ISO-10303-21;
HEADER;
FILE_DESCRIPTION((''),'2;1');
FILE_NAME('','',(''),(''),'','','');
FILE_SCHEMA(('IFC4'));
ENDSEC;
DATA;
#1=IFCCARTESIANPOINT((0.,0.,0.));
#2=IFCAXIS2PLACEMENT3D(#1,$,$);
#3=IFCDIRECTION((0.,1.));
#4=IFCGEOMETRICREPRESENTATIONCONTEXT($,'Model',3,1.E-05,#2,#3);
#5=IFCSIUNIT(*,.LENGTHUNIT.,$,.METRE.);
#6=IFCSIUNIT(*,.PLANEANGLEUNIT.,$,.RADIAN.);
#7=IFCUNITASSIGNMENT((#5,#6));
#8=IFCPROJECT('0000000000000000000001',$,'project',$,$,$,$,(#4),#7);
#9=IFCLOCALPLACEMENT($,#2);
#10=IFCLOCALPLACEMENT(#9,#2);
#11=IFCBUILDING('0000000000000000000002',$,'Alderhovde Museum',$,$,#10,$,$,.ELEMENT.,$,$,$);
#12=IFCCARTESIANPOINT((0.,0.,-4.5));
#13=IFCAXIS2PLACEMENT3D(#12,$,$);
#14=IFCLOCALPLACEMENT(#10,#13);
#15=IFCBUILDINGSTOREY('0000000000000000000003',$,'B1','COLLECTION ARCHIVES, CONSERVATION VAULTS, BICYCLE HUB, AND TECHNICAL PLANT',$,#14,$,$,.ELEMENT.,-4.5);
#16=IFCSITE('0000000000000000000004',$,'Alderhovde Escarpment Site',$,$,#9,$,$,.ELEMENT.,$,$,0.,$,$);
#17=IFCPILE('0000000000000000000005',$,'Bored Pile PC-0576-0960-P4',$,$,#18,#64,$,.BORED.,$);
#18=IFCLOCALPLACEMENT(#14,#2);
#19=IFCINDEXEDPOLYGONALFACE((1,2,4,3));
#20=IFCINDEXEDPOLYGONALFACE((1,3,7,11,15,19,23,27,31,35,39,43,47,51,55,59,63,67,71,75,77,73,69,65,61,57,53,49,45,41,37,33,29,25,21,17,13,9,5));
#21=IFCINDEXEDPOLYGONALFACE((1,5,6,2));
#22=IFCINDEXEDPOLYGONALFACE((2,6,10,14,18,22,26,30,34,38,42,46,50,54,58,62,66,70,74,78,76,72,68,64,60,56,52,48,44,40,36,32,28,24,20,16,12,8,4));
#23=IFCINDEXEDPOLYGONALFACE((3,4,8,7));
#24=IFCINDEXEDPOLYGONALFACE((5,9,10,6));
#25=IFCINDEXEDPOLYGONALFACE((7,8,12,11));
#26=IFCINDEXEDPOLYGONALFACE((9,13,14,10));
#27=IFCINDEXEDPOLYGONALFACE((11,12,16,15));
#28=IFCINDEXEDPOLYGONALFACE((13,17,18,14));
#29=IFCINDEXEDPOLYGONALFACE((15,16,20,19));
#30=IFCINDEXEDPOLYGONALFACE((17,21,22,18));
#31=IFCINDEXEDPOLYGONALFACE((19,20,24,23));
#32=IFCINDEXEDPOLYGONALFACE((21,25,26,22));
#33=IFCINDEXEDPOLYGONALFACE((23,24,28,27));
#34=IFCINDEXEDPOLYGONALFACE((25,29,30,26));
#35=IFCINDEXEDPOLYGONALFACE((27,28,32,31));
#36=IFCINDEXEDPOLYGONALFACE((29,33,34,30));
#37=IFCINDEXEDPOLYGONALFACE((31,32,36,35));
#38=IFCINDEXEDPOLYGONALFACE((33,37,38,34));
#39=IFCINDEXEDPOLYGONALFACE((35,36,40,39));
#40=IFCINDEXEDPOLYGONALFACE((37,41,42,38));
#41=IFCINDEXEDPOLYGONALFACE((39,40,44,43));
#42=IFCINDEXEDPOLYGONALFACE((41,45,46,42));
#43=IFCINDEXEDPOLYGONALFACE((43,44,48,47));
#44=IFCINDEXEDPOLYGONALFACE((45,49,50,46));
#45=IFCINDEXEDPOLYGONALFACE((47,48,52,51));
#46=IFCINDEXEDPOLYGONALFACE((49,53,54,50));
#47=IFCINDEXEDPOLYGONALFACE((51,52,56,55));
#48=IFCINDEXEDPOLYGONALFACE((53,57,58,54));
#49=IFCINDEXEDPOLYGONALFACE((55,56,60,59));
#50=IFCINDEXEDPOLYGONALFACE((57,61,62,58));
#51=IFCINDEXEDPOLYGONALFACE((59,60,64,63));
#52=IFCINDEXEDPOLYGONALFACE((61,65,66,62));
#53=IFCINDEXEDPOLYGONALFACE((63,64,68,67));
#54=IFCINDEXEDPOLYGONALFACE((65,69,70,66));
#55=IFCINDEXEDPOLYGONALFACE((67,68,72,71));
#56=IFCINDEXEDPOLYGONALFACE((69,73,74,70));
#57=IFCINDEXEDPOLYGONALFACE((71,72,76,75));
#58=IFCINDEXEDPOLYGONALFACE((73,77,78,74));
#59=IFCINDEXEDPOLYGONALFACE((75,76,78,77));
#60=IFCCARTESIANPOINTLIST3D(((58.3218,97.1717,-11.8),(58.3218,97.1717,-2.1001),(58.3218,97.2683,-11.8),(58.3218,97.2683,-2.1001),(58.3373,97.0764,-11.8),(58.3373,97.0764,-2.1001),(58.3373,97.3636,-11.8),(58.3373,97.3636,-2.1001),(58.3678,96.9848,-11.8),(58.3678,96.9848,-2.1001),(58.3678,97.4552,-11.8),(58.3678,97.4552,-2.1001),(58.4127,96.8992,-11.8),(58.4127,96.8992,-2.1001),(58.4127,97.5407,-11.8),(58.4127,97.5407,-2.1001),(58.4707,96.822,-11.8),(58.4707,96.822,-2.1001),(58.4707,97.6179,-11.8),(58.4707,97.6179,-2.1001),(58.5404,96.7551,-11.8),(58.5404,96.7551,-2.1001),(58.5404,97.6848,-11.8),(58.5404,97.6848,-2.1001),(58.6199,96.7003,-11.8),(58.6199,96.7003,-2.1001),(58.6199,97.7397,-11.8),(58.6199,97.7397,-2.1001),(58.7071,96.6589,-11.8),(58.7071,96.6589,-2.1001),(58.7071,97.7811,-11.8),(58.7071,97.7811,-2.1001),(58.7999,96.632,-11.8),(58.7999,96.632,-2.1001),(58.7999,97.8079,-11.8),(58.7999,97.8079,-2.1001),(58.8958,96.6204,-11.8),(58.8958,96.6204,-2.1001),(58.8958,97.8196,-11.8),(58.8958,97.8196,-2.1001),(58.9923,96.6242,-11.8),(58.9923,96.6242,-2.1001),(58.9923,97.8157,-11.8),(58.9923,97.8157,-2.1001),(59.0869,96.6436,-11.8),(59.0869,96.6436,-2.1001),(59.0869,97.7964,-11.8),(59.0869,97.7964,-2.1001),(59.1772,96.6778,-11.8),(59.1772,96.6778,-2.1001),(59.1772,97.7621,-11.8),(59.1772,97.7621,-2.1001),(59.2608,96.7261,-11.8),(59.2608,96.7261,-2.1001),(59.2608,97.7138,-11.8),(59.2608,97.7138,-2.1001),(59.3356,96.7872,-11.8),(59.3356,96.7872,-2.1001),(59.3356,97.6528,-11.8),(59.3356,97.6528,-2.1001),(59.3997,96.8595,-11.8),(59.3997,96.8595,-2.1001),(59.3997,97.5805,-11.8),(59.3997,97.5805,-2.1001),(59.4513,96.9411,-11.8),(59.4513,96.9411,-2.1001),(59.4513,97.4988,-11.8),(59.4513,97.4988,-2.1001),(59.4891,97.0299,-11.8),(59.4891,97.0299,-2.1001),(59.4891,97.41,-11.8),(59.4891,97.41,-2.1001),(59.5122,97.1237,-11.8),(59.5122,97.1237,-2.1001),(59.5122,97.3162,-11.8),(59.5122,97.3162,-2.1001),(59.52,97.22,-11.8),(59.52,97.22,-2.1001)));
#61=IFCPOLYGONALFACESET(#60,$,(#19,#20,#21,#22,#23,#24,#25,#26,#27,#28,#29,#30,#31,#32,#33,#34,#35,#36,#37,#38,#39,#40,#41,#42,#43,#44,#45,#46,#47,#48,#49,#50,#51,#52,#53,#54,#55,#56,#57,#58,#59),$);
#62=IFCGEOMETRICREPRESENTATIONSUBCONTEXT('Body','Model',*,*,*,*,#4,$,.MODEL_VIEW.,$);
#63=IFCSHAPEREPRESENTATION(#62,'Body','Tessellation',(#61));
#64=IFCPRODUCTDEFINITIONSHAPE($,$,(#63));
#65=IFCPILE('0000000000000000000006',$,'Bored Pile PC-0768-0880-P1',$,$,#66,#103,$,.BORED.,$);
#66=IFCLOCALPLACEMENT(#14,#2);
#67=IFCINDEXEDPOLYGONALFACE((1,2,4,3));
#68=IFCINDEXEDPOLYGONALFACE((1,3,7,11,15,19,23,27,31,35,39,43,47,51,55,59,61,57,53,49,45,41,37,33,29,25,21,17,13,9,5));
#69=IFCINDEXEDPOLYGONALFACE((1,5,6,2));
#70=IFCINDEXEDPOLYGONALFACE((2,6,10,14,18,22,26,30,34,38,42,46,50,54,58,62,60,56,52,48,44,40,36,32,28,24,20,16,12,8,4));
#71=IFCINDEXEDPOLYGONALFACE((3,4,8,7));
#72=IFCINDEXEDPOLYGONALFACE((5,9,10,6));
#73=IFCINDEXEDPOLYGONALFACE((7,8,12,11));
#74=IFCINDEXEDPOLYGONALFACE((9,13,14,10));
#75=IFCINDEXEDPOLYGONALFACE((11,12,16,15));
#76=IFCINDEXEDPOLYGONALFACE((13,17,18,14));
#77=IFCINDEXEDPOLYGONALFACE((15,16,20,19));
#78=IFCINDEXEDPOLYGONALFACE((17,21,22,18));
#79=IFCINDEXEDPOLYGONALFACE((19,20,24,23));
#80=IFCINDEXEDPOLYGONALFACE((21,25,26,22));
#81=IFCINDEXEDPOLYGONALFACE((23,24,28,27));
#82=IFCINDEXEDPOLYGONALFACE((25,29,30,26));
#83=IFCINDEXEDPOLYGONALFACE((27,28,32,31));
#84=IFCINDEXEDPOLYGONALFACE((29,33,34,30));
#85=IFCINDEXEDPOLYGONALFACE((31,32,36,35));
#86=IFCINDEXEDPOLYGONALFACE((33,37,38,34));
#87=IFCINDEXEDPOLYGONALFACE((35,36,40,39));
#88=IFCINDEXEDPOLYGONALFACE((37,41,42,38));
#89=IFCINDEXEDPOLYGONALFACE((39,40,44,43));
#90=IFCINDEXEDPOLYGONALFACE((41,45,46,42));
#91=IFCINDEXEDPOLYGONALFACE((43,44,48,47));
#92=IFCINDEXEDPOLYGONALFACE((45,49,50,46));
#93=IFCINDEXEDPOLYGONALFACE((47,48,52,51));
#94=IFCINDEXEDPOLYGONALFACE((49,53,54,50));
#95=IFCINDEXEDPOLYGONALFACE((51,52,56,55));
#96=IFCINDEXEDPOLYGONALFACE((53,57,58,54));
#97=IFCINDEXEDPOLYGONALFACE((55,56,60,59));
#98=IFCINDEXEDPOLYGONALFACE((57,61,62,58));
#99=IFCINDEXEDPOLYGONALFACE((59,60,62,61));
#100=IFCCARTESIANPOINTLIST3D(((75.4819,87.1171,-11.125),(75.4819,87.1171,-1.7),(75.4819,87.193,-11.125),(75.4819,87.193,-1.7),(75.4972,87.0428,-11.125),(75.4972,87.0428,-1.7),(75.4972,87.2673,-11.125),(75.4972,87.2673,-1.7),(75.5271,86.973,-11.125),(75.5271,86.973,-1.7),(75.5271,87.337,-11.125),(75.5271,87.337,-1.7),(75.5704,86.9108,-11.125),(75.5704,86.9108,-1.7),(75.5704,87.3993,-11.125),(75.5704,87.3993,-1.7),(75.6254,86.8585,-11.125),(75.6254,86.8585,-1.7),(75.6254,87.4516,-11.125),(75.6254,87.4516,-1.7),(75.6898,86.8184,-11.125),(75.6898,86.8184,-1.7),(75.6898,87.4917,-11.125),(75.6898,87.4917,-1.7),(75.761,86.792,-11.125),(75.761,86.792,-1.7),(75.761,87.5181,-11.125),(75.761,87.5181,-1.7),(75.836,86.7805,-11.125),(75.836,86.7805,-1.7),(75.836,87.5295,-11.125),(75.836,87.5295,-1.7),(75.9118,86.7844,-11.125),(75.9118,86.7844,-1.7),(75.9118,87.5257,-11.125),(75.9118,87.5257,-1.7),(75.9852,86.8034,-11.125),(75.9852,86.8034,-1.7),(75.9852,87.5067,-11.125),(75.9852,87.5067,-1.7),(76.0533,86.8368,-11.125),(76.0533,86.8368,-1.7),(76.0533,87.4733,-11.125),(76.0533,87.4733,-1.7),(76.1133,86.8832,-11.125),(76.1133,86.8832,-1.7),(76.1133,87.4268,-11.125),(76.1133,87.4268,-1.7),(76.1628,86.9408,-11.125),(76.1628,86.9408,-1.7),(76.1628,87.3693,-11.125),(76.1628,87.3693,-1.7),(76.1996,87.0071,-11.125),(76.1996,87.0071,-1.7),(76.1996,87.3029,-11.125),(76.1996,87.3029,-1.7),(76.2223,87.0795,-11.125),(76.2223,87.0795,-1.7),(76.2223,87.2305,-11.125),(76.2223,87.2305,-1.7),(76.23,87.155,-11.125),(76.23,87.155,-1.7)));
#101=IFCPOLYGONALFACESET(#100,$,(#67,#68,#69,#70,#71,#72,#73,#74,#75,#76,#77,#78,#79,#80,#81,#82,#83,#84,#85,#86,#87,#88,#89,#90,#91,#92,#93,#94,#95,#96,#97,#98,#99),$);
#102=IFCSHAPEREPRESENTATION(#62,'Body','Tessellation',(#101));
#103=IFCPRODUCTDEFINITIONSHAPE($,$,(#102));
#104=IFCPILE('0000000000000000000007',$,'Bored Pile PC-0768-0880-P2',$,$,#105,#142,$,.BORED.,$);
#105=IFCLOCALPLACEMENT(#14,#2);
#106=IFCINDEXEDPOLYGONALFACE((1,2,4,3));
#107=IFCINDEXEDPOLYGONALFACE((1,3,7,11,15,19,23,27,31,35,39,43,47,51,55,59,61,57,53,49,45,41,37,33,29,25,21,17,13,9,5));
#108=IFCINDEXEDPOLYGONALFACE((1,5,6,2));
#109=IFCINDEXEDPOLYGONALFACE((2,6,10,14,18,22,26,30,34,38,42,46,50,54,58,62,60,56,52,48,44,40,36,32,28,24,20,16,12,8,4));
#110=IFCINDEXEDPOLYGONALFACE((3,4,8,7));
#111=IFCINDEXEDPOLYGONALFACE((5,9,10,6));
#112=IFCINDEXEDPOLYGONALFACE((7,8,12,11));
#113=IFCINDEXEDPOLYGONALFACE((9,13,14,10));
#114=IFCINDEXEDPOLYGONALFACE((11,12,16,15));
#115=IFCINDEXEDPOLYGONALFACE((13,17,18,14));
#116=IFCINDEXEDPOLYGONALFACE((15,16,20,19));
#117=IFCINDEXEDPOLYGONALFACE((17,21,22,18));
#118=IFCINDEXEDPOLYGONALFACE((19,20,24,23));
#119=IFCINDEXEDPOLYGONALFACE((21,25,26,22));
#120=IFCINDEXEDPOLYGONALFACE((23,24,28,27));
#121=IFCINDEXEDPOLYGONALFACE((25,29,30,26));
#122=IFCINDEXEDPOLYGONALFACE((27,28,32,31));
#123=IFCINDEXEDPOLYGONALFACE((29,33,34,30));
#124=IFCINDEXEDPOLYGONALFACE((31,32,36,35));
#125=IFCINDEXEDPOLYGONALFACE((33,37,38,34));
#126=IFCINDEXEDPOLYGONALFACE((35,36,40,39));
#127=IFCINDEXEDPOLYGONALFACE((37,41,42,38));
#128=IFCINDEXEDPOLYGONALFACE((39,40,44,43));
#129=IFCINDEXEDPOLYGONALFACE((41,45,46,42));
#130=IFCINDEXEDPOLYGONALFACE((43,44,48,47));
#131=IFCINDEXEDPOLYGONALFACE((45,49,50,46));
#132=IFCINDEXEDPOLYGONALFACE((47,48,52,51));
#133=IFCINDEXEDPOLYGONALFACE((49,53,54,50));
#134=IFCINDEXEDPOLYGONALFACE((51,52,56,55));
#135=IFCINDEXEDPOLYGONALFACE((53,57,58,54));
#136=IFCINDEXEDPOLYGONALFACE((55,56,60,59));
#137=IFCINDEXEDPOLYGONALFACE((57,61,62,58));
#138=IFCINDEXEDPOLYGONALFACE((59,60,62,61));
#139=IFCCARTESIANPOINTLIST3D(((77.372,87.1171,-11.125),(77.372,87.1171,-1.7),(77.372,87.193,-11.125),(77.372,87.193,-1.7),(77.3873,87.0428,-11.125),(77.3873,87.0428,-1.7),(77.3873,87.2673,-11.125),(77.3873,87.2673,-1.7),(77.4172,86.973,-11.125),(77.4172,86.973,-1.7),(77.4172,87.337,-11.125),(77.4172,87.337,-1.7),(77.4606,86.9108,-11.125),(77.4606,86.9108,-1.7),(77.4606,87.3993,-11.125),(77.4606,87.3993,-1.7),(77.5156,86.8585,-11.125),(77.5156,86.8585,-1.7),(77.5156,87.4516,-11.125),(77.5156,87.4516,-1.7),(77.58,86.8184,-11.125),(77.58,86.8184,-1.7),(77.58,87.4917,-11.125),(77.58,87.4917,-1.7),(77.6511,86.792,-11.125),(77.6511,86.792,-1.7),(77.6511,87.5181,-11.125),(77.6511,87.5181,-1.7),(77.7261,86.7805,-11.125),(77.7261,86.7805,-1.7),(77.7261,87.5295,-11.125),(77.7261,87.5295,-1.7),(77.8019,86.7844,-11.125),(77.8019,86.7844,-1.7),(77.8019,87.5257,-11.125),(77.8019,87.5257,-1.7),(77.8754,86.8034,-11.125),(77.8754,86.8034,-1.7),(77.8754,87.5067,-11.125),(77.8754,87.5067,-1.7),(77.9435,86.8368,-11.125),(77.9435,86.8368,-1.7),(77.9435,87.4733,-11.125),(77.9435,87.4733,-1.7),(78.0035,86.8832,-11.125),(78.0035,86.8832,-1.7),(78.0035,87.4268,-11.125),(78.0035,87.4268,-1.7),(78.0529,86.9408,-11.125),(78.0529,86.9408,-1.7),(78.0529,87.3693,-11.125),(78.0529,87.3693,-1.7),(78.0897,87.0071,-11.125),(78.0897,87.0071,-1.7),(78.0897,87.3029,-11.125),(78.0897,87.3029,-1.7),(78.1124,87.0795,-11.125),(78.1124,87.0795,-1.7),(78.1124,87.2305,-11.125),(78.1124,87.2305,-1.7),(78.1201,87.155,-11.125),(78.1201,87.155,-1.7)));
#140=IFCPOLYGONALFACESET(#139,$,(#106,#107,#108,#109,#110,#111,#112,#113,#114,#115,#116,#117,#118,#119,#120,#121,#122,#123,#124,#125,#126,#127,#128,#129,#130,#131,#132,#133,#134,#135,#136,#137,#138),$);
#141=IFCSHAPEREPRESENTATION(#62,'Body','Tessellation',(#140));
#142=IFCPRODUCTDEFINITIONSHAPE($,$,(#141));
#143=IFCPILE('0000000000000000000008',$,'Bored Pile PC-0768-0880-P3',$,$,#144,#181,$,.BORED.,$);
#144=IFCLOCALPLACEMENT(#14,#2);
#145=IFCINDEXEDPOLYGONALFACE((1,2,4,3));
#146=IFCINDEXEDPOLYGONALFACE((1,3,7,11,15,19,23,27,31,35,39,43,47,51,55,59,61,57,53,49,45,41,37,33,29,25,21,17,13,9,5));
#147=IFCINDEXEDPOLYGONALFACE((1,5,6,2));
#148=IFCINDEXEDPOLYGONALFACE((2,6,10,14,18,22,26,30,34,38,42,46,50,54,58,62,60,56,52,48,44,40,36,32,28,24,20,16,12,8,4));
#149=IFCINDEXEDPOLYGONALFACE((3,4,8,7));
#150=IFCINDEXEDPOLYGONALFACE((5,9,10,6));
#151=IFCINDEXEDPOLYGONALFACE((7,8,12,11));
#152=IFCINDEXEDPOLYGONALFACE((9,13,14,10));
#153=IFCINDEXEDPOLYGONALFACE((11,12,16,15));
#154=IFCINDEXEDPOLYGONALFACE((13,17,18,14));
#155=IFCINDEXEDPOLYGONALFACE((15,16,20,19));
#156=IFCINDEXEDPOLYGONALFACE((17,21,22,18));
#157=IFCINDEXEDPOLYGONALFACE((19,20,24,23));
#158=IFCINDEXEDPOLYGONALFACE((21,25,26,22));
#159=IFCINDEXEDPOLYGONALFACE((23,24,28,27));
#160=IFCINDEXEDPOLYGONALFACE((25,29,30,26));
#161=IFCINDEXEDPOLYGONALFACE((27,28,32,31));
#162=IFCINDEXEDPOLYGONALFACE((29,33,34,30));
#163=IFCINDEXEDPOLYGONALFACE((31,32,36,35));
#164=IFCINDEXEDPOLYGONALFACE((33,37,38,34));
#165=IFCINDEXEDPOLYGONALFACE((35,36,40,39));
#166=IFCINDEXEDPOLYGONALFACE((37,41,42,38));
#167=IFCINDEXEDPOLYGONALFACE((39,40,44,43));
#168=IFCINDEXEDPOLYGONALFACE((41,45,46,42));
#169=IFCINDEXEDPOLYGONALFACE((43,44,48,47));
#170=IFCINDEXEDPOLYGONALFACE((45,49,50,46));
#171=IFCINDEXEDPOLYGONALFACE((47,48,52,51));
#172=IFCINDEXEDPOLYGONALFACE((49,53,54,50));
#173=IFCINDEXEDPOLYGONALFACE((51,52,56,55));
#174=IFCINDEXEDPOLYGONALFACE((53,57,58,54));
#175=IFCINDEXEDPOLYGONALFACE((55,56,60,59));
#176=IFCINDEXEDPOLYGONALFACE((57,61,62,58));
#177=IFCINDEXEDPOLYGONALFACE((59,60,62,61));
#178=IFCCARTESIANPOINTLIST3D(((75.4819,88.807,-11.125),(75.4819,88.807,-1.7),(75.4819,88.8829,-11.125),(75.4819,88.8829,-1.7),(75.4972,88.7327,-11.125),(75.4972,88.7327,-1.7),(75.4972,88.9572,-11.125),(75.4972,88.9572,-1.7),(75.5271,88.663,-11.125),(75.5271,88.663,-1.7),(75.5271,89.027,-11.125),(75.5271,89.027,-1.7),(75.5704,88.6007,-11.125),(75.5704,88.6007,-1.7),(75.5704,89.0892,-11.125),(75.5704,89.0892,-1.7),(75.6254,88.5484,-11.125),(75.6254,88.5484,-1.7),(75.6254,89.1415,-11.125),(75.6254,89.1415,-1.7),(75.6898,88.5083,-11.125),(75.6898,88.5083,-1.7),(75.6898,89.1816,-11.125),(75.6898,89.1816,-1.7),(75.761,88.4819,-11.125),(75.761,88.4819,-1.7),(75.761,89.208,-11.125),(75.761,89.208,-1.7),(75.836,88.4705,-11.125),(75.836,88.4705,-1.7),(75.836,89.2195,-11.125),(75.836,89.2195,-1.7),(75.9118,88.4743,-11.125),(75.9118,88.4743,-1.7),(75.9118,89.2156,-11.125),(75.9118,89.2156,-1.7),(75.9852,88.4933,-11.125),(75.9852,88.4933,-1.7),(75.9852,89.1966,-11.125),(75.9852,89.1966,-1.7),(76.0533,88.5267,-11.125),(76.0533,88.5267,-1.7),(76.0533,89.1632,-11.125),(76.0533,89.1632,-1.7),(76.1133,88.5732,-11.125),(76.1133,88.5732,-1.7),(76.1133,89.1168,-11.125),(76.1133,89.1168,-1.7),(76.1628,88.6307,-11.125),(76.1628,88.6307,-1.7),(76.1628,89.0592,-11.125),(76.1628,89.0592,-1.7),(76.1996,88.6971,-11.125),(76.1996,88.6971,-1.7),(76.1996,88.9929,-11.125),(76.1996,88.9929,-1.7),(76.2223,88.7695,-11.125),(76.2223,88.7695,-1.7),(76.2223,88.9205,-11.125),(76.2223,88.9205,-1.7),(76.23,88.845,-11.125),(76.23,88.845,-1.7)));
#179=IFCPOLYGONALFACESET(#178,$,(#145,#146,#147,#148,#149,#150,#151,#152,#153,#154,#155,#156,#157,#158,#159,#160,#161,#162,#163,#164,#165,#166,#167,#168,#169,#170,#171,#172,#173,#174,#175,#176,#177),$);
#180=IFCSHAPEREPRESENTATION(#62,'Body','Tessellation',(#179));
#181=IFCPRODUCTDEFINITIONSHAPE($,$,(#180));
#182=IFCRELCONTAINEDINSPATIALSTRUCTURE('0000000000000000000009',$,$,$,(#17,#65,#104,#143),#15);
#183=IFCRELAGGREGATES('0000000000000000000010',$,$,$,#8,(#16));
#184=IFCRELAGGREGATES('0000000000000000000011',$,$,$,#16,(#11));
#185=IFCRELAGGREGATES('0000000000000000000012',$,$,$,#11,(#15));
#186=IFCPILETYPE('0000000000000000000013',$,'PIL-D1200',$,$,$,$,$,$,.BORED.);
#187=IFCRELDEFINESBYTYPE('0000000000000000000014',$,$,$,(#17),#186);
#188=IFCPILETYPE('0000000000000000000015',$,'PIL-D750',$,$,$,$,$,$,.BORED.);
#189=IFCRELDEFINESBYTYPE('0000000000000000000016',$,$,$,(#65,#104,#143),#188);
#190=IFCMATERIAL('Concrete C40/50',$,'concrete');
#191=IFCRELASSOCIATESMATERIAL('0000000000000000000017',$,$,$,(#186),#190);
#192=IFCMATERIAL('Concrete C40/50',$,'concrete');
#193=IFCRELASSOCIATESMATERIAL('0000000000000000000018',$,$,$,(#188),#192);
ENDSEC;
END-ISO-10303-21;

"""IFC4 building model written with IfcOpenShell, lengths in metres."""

from ifc_helpers import new_model, si_unit, direction, frame, origin, origin_2d, place, context, subcontext, project, spatial, circle, extrude, material, material_profile, profile_set, type_object, element, save


model = new_model("IFC4")

# Units and contexts
model_context = context("Model", 3, precision=1e-05, world=origin(), true_north=direction((0.0, 1.0)))
body_context = subcontext(model_context, "Body", "Model", "MODEL_VIEW")
ifc_project = project(units=[si_unit("LENGTHUNIT", "METRE"), si_unit("PLANEANGLEUNIT", "RADIAN")], contexts=[model_context])

# Site, building, storey
site_placement = place(None, origin())
site = spatial("IfcSite", under=ifc_project, at=site_placement, Name="Alderhovde Escarpment Site", CompositionType="ELEMENT", RefElevation=0.0)
building_placement = place(site_placement, origin())
building = spatial("IfcBuilding", under=site, at=building_placement, Name="Alderhovde Museum", CompositionType="ELEMENT")
storey_placement = place(building_placement, frame((0.0, 0.0, -4.5)))
storey = spatial("IfcBuildingStorey", under=building, at=storey_placement, Name="B1", Description="COLLECTION ARCHIVES, CONSERVATION VAULTS, BICYCLE HUB, AND TECHNICAL PLANT", CompositionType="ELEMENT", Elevation=-4.5)

# Piles
ifc_material_1 = material(Name="Concrete C40/50", Category="concrete")
ifc_material_profile_1 = material_profile(ifc_material_1, circle(Radius=0.6001, at=origin_2d()), Name="PILE-D1200")
ifc_profile_set_1 = profile_set([ifc_material_profile_1], Name="Concrete C40/50")
pile_type_1 = type_object("IfcPileType", Name="PIL-D1200", PredefinedType="BORED", material=ifc_profile_set_1)
for number, where, z_axis, x_axis, name in (
    (1, (58.9199, 97.22, -2.1001), (0.0, 0.0, -1.0), (1.0, 0.0, 0.0), "Bored Pile PC-0576-0960-P4"),
):
    element("IfcPile", number, at=place(storey_placement, frame(where, z_axis=z_axis, x_axis=x_axis)), inside=storey, type_object=pile_type_1, Name=name, PredefinedType="BORED", context=body_context, shape_type="SweptSolid", body=[
        extrude(circle(Radius=0.6001, at=origin_2d()), origin(), (0.0, 0.0, 1.0), 9.7),
    ])
ifc_material_2 = material(Name="Concrete C40/50", Category="concrete")
ifc_material_profile_2 = material_profile(ifc_material_2, circle(Radius=0.375, at=origin_2d()), Name="PILE-D750")
ifc_profile_set_2 = profile_set([ifc_material_profile_2], Name="Concrete C40/50")
pile_type_2 = type_object("IfcPileType", Name="PIL-D750", PredefinedType="BORED", material=ifc_profile_set_2)
for number, where, z_axis, x_axis, name in (
    (2, (75.855, 87.155, -1.7), (0.0, 0.0, -1.0), (1.0, 0.0, 0.0), "Bored Pile PC-0768-0880-P1"),
    (3, (77.7451, 87.155, -1.7), (0.0, 0.0, -1.0), (1.0, 0.0, 0.0), "Bored Pile PC-0768-0880-P2"),
    (4, (75.855, 88.845, -1.7), (0.0, 0.0, -1.0), (1.0, 0.0, 0.0), "Bored Pile PC-0768-0880-P3"),
):
    element("IfcPile", number, at=place(storey_placement, frame(where, z_axis=z_axis, x_axis=x_axis)), inside=storey, type_object=pile_type_2, Name=name, PredefinedType="BORED", context=body_context, shape_type="SweptSolid", body=[
        extrude(circle(Radius=0.375, at=origin_2d()), origin(), (0.0, 0.0, 1.0), 9.425),
    ])

save(model, "model.ifc")
